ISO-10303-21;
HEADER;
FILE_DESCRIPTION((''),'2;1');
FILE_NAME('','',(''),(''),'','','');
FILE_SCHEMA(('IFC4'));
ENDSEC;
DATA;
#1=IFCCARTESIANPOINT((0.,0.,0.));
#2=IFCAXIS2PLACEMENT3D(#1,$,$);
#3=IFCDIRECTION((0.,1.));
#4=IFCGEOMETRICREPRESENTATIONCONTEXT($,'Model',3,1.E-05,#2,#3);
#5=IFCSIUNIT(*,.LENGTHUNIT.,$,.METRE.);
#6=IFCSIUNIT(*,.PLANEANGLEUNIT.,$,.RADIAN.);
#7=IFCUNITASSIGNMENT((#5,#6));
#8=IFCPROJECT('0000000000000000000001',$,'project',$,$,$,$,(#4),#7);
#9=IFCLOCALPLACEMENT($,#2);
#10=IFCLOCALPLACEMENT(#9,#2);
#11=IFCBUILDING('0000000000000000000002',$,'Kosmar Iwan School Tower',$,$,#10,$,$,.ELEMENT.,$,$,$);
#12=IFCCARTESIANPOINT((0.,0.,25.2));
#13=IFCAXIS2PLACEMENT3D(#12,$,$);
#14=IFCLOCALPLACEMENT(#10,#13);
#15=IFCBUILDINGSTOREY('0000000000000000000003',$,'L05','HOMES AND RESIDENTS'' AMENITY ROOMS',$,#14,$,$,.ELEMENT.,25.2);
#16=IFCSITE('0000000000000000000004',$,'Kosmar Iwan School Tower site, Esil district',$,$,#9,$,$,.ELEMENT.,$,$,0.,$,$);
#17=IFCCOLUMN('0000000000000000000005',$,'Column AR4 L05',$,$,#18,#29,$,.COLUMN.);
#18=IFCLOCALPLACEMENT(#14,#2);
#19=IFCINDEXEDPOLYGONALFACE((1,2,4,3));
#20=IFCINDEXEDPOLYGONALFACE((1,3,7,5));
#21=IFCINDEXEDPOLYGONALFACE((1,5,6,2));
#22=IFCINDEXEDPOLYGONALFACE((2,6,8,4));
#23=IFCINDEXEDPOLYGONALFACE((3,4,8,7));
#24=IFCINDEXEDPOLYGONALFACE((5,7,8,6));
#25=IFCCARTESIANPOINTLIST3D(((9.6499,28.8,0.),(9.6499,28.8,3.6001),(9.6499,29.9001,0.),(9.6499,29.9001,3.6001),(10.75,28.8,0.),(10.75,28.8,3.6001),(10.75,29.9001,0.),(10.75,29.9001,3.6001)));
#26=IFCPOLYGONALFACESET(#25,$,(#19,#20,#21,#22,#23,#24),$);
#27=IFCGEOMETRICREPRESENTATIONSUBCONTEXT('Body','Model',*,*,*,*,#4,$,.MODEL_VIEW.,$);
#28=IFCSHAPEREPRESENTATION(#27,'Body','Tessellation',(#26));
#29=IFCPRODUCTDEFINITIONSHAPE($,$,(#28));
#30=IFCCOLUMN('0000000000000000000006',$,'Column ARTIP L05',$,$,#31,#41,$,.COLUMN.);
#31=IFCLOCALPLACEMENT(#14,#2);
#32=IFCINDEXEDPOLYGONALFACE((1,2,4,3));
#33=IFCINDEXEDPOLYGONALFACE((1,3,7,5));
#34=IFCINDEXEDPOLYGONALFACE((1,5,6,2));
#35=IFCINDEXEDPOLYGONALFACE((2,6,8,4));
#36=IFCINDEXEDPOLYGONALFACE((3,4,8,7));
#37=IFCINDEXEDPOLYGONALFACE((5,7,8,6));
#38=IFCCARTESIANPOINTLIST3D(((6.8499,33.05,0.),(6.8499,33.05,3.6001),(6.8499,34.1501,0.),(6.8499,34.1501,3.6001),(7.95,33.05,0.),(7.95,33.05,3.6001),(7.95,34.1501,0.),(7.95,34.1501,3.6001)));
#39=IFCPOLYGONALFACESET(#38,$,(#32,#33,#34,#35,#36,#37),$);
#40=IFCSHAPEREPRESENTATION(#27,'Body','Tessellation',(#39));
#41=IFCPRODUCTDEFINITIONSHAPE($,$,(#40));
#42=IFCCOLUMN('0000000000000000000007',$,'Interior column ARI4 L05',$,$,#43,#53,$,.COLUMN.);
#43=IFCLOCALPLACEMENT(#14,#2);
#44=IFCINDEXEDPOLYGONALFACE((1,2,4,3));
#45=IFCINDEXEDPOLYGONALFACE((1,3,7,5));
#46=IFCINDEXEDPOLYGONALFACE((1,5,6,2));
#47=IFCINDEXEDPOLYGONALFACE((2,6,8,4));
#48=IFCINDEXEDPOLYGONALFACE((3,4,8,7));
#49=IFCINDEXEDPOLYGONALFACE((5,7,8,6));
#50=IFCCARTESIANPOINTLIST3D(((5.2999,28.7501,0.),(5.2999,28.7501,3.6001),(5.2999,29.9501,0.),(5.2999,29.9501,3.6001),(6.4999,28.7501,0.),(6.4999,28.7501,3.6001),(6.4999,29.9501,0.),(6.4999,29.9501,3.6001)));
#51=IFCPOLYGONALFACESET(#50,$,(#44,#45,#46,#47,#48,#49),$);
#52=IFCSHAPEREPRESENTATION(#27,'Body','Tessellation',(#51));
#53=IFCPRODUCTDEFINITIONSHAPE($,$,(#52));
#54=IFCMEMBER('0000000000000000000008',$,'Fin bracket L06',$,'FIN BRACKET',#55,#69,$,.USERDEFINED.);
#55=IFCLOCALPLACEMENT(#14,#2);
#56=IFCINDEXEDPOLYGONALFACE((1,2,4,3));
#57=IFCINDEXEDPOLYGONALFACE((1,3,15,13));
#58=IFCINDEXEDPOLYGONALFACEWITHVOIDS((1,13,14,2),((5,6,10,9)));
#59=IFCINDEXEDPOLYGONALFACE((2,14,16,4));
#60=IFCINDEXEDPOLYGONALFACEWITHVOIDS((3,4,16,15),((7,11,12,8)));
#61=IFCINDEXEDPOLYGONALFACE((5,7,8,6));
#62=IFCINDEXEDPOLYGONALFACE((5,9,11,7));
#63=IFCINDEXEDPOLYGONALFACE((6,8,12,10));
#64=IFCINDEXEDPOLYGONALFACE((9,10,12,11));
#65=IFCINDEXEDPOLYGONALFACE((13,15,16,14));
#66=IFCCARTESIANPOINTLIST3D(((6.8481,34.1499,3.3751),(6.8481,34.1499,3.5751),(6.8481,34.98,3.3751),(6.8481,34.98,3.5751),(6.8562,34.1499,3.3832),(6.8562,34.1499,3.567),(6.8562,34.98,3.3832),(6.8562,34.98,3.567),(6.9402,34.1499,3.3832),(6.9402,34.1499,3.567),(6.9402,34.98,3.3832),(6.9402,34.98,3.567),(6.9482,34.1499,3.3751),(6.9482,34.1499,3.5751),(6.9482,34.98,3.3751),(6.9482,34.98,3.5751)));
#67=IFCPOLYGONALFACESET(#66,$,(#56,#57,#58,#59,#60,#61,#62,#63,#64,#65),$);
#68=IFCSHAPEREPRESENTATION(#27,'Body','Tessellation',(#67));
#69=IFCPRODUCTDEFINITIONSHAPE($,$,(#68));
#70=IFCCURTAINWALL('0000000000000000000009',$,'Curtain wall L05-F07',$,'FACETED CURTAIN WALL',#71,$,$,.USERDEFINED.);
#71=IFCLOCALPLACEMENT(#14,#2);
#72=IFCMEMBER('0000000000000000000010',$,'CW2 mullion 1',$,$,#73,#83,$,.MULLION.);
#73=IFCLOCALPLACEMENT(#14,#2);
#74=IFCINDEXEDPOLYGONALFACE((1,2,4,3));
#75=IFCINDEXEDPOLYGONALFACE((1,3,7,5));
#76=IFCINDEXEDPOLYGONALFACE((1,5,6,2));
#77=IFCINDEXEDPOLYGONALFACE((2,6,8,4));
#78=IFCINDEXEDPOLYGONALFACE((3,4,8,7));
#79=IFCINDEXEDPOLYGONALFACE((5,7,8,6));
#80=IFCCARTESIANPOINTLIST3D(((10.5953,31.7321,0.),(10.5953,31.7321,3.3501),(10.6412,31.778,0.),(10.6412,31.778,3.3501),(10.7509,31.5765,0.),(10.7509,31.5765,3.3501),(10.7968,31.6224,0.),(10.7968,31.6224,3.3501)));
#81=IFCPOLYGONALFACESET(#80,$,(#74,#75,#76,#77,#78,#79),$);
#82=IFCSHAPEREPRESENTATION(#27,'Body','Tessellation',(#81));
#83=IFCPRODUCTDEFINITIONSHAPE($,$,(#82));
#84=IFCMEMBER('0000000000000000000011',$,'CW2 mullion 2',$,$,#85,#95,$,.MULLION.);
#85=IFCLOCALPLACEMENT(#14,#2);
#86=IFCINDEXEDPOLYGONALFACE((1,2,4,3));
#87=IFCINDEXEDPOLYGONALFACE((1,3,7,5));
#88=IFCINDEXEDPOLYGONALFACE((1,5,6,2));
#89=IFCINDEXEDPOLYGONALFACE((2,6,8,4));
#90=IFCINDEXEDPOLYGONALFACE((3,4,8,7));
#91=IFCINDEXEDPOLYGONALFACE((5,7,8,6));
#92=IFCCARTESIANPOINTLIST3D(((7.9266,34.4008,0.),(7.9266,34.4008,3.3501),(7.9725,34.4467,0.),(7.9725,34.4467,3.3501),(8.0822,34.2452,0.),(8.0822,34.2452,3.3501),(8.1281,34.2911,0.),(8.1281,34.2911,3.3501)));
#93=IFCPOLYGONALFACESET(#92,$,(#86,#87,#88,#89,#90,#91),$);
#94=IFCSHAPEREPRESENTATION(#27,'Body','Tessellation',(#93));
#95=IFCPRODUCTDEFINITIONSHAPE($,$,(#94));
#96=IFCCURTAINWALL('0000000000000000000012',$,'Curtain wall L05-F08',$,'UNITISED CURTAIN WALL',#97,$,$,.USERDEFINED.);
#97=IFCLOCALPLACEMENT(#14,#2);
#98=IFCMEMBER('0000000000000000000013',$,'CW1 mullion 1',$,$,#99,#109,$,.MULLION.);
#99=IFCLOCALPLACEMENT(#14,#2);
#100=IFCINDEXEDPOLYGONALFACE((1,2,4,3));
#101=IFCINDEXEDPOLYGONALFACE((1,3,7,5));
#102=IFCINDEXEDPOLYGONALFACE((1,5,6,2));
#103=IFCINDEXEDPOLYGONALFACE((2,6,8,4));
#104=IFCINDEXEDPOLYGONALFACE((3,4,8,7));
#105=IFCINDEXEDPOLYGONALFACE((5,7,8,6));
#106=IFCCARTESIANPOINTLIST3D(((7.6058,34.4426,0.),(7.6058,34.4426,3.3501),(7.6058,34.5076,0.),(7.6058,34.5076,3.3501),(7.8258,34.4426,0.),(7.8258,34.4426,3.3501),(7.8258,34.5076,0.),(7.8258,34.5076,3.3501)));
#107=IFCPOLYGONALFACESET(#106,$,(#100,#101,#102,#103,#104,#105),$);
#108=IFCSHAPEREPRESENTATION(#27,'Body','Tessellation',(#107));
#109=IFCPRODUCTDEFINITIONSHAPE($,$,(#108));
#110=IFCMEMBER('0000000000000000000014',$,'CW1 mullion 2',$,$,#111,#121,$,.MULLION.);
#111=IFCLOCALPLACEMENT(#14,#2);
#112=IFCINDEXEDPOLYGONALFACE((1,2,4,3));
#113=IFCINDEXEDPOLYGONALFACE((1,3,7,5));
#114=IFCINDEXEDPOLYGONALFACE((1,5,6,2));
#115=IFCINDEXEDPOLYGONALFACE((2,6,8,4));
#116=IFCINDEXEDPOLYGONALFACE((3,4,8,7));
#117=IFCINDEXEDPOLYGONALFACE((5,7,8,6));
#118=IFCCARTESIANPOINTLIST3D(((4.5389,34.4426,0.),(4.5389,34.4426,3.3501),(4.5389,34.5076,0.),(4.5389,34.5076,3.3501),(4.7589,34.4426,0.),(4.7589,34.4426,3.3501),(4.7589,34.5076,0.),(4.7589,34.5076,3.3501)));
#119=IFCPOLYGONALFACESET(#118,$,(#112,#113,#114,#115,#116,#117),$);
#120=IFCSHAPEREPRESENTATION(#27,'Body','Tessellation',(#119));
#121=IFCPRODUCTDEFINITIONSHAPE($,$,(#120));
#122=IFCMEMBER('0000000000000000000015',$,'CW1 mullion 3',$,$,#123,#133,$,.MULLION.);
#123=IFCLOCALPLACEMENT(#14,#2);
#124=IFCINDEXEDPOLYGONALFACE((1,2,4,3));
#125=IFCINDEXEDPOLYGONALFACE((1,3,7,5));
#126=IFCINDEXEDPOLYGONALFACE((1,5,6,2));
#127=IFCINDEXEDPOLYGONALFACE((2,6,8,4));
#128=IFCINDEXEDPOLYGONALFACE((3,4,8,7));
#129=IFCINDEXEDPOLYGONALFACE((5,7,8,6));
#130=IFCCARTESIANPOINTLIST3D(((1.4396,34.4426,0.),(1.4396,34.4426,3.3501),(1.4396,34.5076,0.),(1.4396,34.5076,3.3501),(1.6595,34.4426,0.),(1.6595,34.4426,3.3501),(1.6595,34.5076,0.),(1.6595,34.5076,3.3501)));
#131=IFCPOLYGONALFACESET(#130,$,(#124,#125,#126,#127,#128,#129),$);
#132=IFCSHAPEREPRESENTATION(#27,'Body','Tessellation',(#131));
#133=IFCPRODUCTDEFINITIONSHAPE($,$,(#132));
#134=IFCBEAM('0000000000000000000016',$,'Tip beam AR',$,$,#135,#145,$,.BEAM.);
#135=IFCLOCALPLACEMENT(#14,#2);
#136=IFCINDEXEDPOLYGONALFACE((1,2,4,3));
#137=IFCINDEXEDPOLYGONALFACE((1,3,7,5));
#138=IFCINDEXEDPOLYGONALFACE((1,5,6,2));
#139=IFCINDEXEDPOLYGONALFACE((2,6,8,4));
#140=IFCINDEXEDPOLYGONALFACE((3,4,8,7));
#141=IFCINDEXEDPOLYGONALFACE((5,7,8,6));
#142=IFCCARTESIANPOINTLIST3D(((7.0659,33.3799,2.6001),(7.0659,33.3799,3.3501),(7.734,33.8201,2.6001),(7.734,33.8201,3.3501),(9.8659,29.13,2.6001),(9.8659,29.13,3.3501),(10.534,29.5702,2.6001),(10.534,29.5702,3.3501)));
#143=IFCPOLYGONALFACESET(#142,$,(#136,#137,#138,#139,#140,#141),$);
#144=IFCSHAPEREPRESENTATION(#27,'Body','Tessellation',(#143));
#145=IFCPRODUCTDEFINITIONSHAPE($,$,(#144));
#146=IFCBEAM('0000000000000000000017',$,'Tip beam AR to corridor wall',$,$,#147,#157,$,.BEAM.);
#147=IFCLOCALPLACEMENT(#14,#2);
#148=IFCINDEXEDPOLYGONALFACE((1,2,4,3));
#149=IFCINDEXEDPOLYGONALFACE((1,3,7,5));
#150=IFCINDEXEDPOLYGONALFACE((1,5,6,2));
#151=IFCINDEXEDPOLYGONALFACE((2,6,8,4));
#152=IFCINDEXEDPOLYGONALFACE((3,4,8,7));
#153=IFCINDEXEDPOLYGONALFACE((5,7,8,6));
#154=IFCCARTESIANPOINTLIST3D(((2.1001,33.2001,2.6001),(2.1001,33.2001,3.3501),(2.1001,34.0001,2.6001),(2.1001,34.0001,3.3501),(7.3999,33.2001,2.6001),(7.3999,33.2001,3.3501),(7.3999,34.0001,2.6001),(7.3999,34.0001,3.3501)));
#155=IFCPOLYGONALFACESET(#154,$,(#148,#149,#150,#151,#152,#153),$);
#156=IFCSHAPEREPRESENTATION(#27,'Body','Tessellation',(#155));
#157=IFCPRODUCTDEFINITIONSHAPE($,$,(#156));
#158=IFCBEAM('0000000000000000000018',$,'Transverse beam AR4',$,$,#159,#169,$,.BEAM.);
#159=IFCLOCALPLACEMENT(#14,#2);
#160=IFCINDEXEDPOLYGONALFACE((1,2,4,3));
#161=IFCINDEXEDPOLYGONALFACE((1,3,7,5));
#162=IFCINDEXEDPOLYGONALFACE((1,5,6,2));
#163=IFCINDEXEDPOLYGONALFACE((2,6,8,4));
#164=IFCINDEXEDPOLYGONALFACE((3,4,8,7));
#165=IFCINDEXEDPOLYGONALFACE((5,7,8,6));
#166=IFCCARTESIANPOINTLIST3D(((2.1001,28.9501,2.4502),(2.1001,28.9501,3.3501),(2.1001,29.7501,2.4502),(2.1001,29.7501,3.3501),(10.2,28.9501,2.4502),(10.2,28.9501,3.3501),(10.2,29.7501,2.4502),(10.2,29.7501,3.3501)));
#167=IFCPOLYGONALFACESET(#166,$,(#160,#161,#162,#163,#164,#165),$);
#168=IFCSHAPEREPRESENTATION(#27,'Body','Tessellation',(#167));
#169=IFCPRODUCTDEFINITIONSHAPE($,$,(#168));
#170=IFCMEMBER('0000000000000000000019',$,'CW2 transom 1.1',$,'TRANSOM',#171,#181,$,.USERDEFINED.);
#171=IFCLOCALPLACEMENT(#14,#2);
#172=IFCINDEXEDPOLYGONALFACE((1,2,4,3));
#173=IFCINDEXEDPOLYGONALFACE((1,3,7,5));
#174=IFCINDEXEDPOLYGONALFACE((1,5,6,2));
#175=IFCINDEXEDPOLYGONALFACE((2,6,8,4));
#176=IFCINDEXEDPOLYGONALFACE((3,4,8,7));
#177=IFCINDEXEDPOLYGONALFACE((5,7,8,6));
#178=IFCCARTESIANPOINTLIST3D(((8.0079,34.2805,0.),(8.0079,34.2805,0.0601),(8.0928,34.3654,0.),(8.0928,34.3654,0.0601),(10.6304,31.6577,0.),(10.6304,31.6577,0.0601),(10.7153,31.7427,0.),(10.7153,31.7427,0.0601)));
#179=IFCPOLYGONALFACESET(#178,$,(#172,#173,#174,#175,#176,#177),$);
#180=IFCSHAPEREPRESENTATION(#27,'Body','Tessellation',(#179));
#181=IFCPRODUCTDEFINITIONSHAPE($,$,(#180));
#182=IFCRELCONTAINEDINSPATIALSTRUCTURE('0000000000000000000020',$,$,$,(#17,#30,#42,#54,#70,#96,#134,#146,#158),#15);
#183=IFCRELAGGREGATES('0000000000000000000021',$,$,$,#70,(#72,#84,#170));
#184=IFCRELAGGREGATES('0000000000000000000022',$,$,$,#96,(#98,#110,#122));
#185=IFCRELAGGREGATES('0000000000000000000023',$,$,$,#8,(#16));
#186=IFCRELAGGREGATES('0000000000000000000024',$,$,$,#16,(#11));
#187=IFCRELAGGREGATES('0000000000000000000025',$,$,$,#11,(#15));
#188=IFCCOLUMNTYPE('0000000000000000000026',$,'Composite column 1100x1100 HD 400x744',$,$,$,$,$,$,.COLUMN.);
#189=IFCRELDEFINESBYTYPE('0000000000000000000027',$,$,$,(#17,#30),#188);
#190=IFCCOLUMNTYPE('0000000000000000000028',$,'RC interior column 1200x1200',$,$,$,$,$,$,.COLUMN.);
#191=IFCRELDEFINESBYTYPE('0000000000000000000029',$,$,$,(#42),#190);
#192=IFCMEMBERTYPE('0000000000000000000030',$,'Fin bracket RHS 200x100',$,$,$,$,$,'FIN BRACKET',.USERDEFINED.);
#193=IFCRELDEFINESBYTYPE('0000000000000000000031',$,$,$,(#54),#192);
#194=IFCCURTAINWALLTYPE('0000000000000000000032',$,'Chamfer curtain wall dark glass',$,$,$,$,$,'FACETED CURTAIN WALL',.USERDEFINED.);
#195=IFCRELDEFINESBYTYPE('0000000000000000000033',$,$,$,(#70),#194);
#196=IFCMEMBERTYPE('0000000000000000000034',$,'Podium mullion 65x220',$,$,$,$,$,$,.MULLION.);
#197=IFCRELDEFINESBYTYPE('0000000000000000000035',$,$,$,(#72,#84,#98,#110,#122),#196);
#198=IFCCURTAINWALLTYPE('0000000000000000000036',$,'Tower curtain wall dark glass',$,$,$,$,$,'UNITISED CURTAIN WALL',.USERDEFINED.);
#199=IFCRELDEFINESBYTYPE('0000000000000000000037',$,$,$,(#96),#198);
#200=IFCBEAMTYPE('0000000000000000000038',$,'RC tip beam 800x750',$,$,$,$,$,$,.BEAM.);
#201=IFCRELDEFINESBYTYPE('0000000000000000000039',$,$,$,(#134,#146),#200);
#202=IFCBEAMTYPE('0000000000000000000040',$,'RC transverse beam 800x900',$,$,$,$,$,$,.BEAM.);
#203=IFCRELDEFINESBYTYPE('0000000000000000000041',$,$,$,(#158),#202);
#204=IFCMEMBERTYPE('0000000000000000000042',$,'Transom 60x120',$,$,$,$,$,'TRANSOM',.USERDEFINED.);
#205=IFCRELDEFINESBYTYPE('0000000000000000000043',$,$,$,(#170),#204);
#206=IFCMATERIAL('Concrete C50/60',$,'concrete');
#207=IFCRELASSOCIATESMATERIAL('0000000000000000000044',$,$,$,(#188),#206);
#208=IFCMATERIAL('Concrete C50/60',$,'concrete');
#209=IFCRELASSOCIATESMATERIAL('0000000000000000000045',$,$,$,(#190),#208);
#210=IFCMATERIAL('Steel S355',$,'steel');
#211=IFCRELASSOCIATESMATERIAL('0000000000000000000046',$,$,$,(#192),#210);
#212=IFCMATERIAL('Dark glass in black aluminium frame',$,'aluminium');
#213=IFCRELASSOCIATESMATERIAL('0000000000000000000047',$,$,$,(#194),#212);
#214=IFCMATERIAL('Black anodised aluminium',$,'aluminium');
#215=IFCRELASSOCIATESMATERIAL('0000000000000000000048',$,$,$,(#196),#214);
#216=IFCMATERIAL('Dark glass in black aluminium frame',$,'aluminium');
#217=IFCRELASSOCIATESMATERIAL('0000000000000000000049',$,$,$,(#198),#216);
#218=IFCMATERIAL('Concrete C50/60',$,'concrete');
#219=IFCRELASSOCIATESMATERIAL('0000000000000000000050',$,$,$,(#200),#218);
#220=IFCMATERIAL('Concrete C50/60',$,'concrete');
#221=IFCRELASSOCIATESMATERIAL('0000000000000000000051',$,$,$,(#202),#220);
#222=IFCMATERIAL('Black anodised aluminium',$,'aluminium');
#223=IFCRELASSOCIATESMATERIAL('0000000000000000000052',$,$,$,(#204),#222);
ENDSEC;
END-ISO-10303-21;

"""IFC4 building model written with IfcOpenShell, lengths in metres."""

from ifc_helpers import new_model, si_unit, direction, frame, origin, origin_2d, place, context, subcontext, project, spatial, rectangle, hollow_rectangle, extrude, material, material_profile, profile_set, type_object, element, aggregate, save


model = new_model("IFC4")

# Units and contexts
model_context = context("Model", 3, precision=1e-05, world=origin(), true_north=direction((0.0, 1.0)))
body_context = subcontext(model_context, "Body", "Model", "MODEL_VIEW")
ifc_project = project(units=[si_unit("LENGTHUNIT", "METRE"), si_unit("PLANEANGLEUNIT", "RADIAN")], contexts=[model_context])

# Site, building, storey
site_placement = place(None, origin())
site = spatial("IfcSite", under=ifc_project, at=site_placement, Name="Kosmar Iwan School Tower site, Esil district", CompositionType="ELEMENT", RefElevation=0.0)
building_placement = place(site_placement, origin())
building = spatial("IfcBuilding", under=site, at=building_placement, Name="Kosmar Iwan School Tower", CompositionType="ELEMENT")
storey_placement = place(building_placement, frame((0.0, 0.0, 25.2)))
storey = spatial("IfcBuildingStorey", under=building, at=storey_placement, Name="L05", Description="HOMES AND RESIDENTS' AMENITY ROOMS", CompositionType="ELEMENT", Elevation=25.2)

# Columns
ifc_material_1 = material(Name="Concrete C50/60", Category="concrete")
ifc_material_profile_1 = material_profile(ifc_material_1, rectangle(XDim=1.1001, YDim=1.1001, at=origin_2d()), Name="RC 1100x1100 + HD 400x744")
ifc_profile_set_1 = profile_set([ifc_material_profile_1], Name="Concrete C50/60")
column_type_1 = type_object("IfcColumnType", Name="Composite column 1100x1100 HD 400x744", PredefinedType="COLUMN", material=ifc_profile_set_1)
for number, where, z_axis, x_axis, name in (
    (1, (10.2, 29.3501, 0.0), (0.0, 0.0, 1.0), (0.0, 1.0, 0.0), "Column AR4 L05"),
    (2, (7.3999, 33.6001, 0.0), (0.0, 0.0, 1.0), (0.0, 1.0, 0.0), "Column ARTIP L05"),
):
    element("IfcColumn", number, at=place(storey_placement, frame(where, z_axis=z_axis, x_axis=x_axis)), inside=storey, type_object=column_type_1, Name=name, PredefinedType="COLUMN", context=body_context, shape_type="SweptSolid", body=[
        extrude(rectangle(XDim=1.1001, YDim=1.1001, at=origin_2d()), origin(), (0.0, 0.0, 1.0), 3.6001),
    ])
ifc_material_2 = material(Name="Concrete C50/60", Category="concrete")
ifc_material_profile_2 = material_profile(ifc_material_2, rectangle(XDim=1.2, YDim=1.2, at=origin_2d()), Name="RC 1200x1200")
ifc_profile_set_2 = profile_set([ifc_material_profile_2], Name="Concrete C50/60")
column_type_2 = type_object("IfcColumnType", Name="RC interior column 1200x1200", PredefinedType="COLUMN", material=ifc_profile_set_2)
column_placement = place(storey_placement, frame((5.8999, 29.3501, 0.0), z_axis=(0.0, 0.0, 1.0), x_axis=(0.0, 1.0, 0.0)))
element("IfcColumn", 3, at=column_placement, inside=storey, type_object=column_type_2, Name="Interior column ARI4 L05", PredefinedType="COLUMN", context=body_context, shape_type="SweptSolid", body=[
    extrude(rectangle(XDim=1.2, YDim=1.2, at=origin_2d()), origin(), (0.0, 0.0, 1.0), 3.6001),
])

# Member
ifc_material_3 = material(Name="Steel S355", Category="steel")
ifc_material_profile_3 = material_profile(ifc_material_3, hollow_rectangle(XDim=0.1001, YDim=0.2, WallThickness=0.0081, at=origin_2d()), Name="RHS 200x100x8")
ifc_profile_set_3 = profile_set([ifc_material_profile_3], Name="Steel S355")
member_type_1 = type_object("IfcMemberType", Name="Fin bracket RHS 200x100", ElementType="FIN BRACKET", PredefinedType="USERDEFINED", material=ifc_profile_set_3)
member_1_placement = place(storey_placement, frame((6.8982, 34.1499, 3.4751), z_axis=(0.0, 1.0, 0.0), x_axis=(-1.0, 0.0, 0.0)))
element("IfcMember", 4, at=member_1_placement, inside=storey, type_object=member_type_1, Name="Fin bracket L06", ObjectType="FIN BRACKET", PredefinedType="USERDEFINED", context=body_context, shape_type="SweptSolid", body=[
    extrude(hollow_rectangle(XDim=0.1001, YDim=0.2, WallThickness=0.0081, at=origin_2d()), origin(), (0.0, 0.0, 1.0), 0.8301),
])

# Curtain walls, members
ifc_material_4 = material(Name="Dark glass in black aluminium frame", Category="aluminium")
curtain_wall_type_1 = type_object("IfcCurtainWallType", Name="Chamfer curtain wall dark glass", ElementType="FACETED CURTAIN WALL", PredefinedType="USERDEFINED", material=ifc_material_4)
curtain_wall_1_placement = place(storey_placement, origin())
curtain_wall_1 = element("IfcCurtainWall", 5, at=curtain_wall_1_placement, inside=storey, type_object=curtain_wall_type_1, Name="Curtain wall L05-F07", ObjectType="FACETED CURTAIN WALL", PredefinedType="USERDEFINED")
ifc_material_5 = material(Name="Black anodised aluminium", Category="aluminium")
ifc_material_profile_4 = material_profile(ifc_material_5, rectangle(XDim=0.0649, YDim=0.22, at=origin_2d()), Name="MULLION 65x220")
ifc_profile_set_4 = profile_set([ifc_material_profile_4], Name="Black anodised aluminium")
member_type_2 = type_object("IfcMemberType", Name="Podium mullion 65x220", PredefinedType="MULLION", material=ifc_profile_set_4)
member_2_placement = place(storey_placement, frame((10.696, 31.6772, 0.0), z_axis=(0.0, 0.0, 1.0), x_axis=(-0.707107, -0.707107, 0.0)))
member_2 = element("IfcMember", 6, at=member_2_placement, type_object=member_type_2, Name="CW2 mullion 1", PredefinedType="MULLION", context=body_context, shape_type="SweptSolid", body=[
    extrude(rectangle(XDim=0.0649, YDim=0.22, at=origin_2d()), origin(), (0.0, 0.0, 1.0), 3.3501),
])
member_3_placement = place(storey_placement, frame((8.0273, 34.3459, 0.0), z_axis=(0.0, 0.0, 1.0), x_axis=(-0.707107, -0.707107, 0.0)))
member_3 = element("IfcMember", 7, at=member_3_placement, type_object=member_type_2, Name="CW2 mullion 2", PredefinedType="MULLION", context=body_context, shape_type="SweptSolid", body=[
    extrude(rectangle(XDim=0.0649, YDim=0.22, at=origin_2d()), origin(), (0.0, 0.0, 1.0), 3.3501),
])
ifc_material_6 = material(Name="Dark glass in black aluminium frame", Category="aluminium")
curtain_wall_type_2 = type_object("IfcCurtainWallType", Name="Tower curtain wall dark glass", ElementType="UNITISED CURTAIN WALL", PredefinedType="USERDEFINED", material=ifc_material_6)
curtain_wall_2_placement = place(storey_placement, origin())
curtain_wall_2 = element("IfcCurtainWall", 8, at=curtain_wall_2_placement, inside=storey, type_object=curtain_wall_type_2, Name="Curtain wall L05-F08", ObjectType="UNITISED CURTAIN WALL", PredefinedType="USERDEFINED")
member_4_placement = place(storey_placement, frame((7.7158, 34.4751, 0.0), z_axis=(0.0, 0.0, 1.0), x_axis=(0.0, -1.0, 0.0)))
member_4 = element("IfcMember", 9, at=member_4_placement, type_object=member_type_2, Name="CW1 mullion 1", PredefinedType="MULLION", context=body_context, shape_type="SweptSolid", body=[
    extrude(rectangle(XDim=0.0649, YDim=0.22, at=origin_2d()), origin(), (0.0, 0.0, 1.0), 3.3501),
])
member_5_placement = place(storey_placement, frame((4.6489, 34.4751, 0.0), z_axis=(0.0, 0.0, 1.0), x_axis=(0.0, -1.0, 0.0)))
member_5 = element("IfcMember", 10, at=member_5_placement, type_object=member_type_2, Name="CW1 mullion 2", PredefinedType="MULLION", context=body_context, shape_type="SweptSolid", body=[
    extrude(rectangle(XDim=0.0649, YDim=0.22, at=origin_2d()), origin(), (0.0, 0.0, 1.0), 3.3501),
])
member_6_placement = place(storey_placement, frame((1.5496, 34.4751, 0.0), z_axis=(0.0, 0.0, 1.0), x_axis=(0.0, -1.0, 0.0)))
member_6 = element("IfcMember", 11, at=member_6_placement, type_object=member_type_2, Name="CW1 mullion 3", PredefinedType="MULLION", context=body_context, shape_type="SweptSolid", body=[
    extrude(rectangle(XDim=0.0649, YDim=0.22, at=origin_2d()), origin(), (0.0, 0.0, 1.0), 3.3501),
])

# Beams
ifc_material_7 = material(Name="Concrete C50/60", Category="concrete")
ifc_material_profile_5 = material_profile(ifc_material_7, rectangle(XDim=0.8, YDim=0.75, at=origin_2d()), Name="RC 800x750")
ifc_profile_set_5 = profile_set([ifc_material_profile_5], Name="Concrete C50/60")
beam_type_1 = type_object("IfcBeamType", Name="RC tip beam 800x750", PredefinedType="BEAM", material=ifc_profile_set_5)
beam_1_placement = place(storey_placement, frame((10.2, 29.3501, 2.9751), z_axis=(-0.550164, 0.835056, 0.0), x_axis=(-0.835056, -0.550164, 0.0)))
element("IfcBeam", 12, at=beam_1_placement, inside=storey, type_object=beam_type_1, Name="Tip beam AR", PredefinedType="BEAM", context=body_context, shape_type="SweptSolid", body=[
    extrude(rectangle(XDim=0.8, YDim=0.75, at=origin_2d()), origin(), (0.0, 0.0, 1.0), 5.0894),
])
beam_2_placement = place(storey_placement, frame((7.3999, 33.6001, 2.9751), z_axis=(-1.0, 0.0, 0.0), x_axis=(0.0, -1.0, 0.0)))
element("IfcBeam", 13, at=beam_2_placement, inside=storey, type_object=beam_type_1, Name="Tip beam AR to corridor wall", PredefinedType="BEAM", context=body_context, shape_type="SweptSolid", body=[
    extrude(rectangle(XDim=0.8, YDim=0.75, at=origin_2d()), origin(), (0.0, 0.0, 1.0), 5.2998),
])
ifc_material_8 = material(Name="Concrete C50/60", Category="concrete")
ifc_material_profile_6 = material_profile(ifc_material_8, rectangle(XDim=0.8, YDim=0.8999, at=origin_2d()), Name="RC 800x900")
ifc_profile_set_6 = profile_set([ifc_material_profile_6], Name="Concrete C50/60")
beam_type_2 = type_object("IfcBeamType", Name="RC transverse beam 800x900", PredefinedType="BEAM", material=ifc_profile_set_6)
beam_3_placement = place(storey_placement, frame((10.2, 29.3501, 2.9001), z_axis=(-1.0, 0.0, 0.0), x_axis=(0.0, -1.0, 0.0)))
element("IfcBeam", 14, at=beam_3_placement, inside=storey, type_object=beam_type_2, Name="Transverse beam AR4", PredefinedType="BEAM", context=body_context, shape_type="SweptSolid", body=[
    extrude(rectangle(XDim=0.8, YDim=0.8999, at=origin_2d()), origin(), (0.0, 0.0, 1.0), 8.0999),
])

# Member
ifc_material_9 = material(Name="Black anodised aluminium", Category="aluminium")
ifc_material_profile_7 = material_profile(ifc_material_9, rectangle(XDim=0.1201, YDim=0.0601, at=origin_2d()), Name="TRANSOM 60x120")
ifc_profile_set_7 = profile_set([ifc_material_profile_7], Name="Black anodised aluminium")
member_type_3 = type_object("IfcMemberType", Name="Transom 60x120", ElementType="TRANSOM", PredefinedType="USERDEFINED", material=ifc_profile_set_7)
member_7_placement = place(storey_placement, frame((10.6729, 31.7002, 0.03), z_axis=(-0.707074, 0.70714, 0.0), x_axis=(-0.70714, -0.707074, 0.0)))
member_7 = element("IfcMember", 15, at=member_7_placement, type_object=member_type_3, Name="CW2 transom 1.1", ObjectType="TRANSOM", PredefinedType="USERDEFINED", context=body_context, shape_type="SweptSolid", body=[
    extrude(rectangle(XDim=0.1201, YDim=0.0601, at=origin_2d()), origin(), (0.0, 0.0, 1.0), 3.709),
])

aggregate(curtain_wall_1, [member_2, member_3, member_7])
aggregate(curtain_wall_2, [member_4, member_5, member_6])

save(model, "model.ifc")
